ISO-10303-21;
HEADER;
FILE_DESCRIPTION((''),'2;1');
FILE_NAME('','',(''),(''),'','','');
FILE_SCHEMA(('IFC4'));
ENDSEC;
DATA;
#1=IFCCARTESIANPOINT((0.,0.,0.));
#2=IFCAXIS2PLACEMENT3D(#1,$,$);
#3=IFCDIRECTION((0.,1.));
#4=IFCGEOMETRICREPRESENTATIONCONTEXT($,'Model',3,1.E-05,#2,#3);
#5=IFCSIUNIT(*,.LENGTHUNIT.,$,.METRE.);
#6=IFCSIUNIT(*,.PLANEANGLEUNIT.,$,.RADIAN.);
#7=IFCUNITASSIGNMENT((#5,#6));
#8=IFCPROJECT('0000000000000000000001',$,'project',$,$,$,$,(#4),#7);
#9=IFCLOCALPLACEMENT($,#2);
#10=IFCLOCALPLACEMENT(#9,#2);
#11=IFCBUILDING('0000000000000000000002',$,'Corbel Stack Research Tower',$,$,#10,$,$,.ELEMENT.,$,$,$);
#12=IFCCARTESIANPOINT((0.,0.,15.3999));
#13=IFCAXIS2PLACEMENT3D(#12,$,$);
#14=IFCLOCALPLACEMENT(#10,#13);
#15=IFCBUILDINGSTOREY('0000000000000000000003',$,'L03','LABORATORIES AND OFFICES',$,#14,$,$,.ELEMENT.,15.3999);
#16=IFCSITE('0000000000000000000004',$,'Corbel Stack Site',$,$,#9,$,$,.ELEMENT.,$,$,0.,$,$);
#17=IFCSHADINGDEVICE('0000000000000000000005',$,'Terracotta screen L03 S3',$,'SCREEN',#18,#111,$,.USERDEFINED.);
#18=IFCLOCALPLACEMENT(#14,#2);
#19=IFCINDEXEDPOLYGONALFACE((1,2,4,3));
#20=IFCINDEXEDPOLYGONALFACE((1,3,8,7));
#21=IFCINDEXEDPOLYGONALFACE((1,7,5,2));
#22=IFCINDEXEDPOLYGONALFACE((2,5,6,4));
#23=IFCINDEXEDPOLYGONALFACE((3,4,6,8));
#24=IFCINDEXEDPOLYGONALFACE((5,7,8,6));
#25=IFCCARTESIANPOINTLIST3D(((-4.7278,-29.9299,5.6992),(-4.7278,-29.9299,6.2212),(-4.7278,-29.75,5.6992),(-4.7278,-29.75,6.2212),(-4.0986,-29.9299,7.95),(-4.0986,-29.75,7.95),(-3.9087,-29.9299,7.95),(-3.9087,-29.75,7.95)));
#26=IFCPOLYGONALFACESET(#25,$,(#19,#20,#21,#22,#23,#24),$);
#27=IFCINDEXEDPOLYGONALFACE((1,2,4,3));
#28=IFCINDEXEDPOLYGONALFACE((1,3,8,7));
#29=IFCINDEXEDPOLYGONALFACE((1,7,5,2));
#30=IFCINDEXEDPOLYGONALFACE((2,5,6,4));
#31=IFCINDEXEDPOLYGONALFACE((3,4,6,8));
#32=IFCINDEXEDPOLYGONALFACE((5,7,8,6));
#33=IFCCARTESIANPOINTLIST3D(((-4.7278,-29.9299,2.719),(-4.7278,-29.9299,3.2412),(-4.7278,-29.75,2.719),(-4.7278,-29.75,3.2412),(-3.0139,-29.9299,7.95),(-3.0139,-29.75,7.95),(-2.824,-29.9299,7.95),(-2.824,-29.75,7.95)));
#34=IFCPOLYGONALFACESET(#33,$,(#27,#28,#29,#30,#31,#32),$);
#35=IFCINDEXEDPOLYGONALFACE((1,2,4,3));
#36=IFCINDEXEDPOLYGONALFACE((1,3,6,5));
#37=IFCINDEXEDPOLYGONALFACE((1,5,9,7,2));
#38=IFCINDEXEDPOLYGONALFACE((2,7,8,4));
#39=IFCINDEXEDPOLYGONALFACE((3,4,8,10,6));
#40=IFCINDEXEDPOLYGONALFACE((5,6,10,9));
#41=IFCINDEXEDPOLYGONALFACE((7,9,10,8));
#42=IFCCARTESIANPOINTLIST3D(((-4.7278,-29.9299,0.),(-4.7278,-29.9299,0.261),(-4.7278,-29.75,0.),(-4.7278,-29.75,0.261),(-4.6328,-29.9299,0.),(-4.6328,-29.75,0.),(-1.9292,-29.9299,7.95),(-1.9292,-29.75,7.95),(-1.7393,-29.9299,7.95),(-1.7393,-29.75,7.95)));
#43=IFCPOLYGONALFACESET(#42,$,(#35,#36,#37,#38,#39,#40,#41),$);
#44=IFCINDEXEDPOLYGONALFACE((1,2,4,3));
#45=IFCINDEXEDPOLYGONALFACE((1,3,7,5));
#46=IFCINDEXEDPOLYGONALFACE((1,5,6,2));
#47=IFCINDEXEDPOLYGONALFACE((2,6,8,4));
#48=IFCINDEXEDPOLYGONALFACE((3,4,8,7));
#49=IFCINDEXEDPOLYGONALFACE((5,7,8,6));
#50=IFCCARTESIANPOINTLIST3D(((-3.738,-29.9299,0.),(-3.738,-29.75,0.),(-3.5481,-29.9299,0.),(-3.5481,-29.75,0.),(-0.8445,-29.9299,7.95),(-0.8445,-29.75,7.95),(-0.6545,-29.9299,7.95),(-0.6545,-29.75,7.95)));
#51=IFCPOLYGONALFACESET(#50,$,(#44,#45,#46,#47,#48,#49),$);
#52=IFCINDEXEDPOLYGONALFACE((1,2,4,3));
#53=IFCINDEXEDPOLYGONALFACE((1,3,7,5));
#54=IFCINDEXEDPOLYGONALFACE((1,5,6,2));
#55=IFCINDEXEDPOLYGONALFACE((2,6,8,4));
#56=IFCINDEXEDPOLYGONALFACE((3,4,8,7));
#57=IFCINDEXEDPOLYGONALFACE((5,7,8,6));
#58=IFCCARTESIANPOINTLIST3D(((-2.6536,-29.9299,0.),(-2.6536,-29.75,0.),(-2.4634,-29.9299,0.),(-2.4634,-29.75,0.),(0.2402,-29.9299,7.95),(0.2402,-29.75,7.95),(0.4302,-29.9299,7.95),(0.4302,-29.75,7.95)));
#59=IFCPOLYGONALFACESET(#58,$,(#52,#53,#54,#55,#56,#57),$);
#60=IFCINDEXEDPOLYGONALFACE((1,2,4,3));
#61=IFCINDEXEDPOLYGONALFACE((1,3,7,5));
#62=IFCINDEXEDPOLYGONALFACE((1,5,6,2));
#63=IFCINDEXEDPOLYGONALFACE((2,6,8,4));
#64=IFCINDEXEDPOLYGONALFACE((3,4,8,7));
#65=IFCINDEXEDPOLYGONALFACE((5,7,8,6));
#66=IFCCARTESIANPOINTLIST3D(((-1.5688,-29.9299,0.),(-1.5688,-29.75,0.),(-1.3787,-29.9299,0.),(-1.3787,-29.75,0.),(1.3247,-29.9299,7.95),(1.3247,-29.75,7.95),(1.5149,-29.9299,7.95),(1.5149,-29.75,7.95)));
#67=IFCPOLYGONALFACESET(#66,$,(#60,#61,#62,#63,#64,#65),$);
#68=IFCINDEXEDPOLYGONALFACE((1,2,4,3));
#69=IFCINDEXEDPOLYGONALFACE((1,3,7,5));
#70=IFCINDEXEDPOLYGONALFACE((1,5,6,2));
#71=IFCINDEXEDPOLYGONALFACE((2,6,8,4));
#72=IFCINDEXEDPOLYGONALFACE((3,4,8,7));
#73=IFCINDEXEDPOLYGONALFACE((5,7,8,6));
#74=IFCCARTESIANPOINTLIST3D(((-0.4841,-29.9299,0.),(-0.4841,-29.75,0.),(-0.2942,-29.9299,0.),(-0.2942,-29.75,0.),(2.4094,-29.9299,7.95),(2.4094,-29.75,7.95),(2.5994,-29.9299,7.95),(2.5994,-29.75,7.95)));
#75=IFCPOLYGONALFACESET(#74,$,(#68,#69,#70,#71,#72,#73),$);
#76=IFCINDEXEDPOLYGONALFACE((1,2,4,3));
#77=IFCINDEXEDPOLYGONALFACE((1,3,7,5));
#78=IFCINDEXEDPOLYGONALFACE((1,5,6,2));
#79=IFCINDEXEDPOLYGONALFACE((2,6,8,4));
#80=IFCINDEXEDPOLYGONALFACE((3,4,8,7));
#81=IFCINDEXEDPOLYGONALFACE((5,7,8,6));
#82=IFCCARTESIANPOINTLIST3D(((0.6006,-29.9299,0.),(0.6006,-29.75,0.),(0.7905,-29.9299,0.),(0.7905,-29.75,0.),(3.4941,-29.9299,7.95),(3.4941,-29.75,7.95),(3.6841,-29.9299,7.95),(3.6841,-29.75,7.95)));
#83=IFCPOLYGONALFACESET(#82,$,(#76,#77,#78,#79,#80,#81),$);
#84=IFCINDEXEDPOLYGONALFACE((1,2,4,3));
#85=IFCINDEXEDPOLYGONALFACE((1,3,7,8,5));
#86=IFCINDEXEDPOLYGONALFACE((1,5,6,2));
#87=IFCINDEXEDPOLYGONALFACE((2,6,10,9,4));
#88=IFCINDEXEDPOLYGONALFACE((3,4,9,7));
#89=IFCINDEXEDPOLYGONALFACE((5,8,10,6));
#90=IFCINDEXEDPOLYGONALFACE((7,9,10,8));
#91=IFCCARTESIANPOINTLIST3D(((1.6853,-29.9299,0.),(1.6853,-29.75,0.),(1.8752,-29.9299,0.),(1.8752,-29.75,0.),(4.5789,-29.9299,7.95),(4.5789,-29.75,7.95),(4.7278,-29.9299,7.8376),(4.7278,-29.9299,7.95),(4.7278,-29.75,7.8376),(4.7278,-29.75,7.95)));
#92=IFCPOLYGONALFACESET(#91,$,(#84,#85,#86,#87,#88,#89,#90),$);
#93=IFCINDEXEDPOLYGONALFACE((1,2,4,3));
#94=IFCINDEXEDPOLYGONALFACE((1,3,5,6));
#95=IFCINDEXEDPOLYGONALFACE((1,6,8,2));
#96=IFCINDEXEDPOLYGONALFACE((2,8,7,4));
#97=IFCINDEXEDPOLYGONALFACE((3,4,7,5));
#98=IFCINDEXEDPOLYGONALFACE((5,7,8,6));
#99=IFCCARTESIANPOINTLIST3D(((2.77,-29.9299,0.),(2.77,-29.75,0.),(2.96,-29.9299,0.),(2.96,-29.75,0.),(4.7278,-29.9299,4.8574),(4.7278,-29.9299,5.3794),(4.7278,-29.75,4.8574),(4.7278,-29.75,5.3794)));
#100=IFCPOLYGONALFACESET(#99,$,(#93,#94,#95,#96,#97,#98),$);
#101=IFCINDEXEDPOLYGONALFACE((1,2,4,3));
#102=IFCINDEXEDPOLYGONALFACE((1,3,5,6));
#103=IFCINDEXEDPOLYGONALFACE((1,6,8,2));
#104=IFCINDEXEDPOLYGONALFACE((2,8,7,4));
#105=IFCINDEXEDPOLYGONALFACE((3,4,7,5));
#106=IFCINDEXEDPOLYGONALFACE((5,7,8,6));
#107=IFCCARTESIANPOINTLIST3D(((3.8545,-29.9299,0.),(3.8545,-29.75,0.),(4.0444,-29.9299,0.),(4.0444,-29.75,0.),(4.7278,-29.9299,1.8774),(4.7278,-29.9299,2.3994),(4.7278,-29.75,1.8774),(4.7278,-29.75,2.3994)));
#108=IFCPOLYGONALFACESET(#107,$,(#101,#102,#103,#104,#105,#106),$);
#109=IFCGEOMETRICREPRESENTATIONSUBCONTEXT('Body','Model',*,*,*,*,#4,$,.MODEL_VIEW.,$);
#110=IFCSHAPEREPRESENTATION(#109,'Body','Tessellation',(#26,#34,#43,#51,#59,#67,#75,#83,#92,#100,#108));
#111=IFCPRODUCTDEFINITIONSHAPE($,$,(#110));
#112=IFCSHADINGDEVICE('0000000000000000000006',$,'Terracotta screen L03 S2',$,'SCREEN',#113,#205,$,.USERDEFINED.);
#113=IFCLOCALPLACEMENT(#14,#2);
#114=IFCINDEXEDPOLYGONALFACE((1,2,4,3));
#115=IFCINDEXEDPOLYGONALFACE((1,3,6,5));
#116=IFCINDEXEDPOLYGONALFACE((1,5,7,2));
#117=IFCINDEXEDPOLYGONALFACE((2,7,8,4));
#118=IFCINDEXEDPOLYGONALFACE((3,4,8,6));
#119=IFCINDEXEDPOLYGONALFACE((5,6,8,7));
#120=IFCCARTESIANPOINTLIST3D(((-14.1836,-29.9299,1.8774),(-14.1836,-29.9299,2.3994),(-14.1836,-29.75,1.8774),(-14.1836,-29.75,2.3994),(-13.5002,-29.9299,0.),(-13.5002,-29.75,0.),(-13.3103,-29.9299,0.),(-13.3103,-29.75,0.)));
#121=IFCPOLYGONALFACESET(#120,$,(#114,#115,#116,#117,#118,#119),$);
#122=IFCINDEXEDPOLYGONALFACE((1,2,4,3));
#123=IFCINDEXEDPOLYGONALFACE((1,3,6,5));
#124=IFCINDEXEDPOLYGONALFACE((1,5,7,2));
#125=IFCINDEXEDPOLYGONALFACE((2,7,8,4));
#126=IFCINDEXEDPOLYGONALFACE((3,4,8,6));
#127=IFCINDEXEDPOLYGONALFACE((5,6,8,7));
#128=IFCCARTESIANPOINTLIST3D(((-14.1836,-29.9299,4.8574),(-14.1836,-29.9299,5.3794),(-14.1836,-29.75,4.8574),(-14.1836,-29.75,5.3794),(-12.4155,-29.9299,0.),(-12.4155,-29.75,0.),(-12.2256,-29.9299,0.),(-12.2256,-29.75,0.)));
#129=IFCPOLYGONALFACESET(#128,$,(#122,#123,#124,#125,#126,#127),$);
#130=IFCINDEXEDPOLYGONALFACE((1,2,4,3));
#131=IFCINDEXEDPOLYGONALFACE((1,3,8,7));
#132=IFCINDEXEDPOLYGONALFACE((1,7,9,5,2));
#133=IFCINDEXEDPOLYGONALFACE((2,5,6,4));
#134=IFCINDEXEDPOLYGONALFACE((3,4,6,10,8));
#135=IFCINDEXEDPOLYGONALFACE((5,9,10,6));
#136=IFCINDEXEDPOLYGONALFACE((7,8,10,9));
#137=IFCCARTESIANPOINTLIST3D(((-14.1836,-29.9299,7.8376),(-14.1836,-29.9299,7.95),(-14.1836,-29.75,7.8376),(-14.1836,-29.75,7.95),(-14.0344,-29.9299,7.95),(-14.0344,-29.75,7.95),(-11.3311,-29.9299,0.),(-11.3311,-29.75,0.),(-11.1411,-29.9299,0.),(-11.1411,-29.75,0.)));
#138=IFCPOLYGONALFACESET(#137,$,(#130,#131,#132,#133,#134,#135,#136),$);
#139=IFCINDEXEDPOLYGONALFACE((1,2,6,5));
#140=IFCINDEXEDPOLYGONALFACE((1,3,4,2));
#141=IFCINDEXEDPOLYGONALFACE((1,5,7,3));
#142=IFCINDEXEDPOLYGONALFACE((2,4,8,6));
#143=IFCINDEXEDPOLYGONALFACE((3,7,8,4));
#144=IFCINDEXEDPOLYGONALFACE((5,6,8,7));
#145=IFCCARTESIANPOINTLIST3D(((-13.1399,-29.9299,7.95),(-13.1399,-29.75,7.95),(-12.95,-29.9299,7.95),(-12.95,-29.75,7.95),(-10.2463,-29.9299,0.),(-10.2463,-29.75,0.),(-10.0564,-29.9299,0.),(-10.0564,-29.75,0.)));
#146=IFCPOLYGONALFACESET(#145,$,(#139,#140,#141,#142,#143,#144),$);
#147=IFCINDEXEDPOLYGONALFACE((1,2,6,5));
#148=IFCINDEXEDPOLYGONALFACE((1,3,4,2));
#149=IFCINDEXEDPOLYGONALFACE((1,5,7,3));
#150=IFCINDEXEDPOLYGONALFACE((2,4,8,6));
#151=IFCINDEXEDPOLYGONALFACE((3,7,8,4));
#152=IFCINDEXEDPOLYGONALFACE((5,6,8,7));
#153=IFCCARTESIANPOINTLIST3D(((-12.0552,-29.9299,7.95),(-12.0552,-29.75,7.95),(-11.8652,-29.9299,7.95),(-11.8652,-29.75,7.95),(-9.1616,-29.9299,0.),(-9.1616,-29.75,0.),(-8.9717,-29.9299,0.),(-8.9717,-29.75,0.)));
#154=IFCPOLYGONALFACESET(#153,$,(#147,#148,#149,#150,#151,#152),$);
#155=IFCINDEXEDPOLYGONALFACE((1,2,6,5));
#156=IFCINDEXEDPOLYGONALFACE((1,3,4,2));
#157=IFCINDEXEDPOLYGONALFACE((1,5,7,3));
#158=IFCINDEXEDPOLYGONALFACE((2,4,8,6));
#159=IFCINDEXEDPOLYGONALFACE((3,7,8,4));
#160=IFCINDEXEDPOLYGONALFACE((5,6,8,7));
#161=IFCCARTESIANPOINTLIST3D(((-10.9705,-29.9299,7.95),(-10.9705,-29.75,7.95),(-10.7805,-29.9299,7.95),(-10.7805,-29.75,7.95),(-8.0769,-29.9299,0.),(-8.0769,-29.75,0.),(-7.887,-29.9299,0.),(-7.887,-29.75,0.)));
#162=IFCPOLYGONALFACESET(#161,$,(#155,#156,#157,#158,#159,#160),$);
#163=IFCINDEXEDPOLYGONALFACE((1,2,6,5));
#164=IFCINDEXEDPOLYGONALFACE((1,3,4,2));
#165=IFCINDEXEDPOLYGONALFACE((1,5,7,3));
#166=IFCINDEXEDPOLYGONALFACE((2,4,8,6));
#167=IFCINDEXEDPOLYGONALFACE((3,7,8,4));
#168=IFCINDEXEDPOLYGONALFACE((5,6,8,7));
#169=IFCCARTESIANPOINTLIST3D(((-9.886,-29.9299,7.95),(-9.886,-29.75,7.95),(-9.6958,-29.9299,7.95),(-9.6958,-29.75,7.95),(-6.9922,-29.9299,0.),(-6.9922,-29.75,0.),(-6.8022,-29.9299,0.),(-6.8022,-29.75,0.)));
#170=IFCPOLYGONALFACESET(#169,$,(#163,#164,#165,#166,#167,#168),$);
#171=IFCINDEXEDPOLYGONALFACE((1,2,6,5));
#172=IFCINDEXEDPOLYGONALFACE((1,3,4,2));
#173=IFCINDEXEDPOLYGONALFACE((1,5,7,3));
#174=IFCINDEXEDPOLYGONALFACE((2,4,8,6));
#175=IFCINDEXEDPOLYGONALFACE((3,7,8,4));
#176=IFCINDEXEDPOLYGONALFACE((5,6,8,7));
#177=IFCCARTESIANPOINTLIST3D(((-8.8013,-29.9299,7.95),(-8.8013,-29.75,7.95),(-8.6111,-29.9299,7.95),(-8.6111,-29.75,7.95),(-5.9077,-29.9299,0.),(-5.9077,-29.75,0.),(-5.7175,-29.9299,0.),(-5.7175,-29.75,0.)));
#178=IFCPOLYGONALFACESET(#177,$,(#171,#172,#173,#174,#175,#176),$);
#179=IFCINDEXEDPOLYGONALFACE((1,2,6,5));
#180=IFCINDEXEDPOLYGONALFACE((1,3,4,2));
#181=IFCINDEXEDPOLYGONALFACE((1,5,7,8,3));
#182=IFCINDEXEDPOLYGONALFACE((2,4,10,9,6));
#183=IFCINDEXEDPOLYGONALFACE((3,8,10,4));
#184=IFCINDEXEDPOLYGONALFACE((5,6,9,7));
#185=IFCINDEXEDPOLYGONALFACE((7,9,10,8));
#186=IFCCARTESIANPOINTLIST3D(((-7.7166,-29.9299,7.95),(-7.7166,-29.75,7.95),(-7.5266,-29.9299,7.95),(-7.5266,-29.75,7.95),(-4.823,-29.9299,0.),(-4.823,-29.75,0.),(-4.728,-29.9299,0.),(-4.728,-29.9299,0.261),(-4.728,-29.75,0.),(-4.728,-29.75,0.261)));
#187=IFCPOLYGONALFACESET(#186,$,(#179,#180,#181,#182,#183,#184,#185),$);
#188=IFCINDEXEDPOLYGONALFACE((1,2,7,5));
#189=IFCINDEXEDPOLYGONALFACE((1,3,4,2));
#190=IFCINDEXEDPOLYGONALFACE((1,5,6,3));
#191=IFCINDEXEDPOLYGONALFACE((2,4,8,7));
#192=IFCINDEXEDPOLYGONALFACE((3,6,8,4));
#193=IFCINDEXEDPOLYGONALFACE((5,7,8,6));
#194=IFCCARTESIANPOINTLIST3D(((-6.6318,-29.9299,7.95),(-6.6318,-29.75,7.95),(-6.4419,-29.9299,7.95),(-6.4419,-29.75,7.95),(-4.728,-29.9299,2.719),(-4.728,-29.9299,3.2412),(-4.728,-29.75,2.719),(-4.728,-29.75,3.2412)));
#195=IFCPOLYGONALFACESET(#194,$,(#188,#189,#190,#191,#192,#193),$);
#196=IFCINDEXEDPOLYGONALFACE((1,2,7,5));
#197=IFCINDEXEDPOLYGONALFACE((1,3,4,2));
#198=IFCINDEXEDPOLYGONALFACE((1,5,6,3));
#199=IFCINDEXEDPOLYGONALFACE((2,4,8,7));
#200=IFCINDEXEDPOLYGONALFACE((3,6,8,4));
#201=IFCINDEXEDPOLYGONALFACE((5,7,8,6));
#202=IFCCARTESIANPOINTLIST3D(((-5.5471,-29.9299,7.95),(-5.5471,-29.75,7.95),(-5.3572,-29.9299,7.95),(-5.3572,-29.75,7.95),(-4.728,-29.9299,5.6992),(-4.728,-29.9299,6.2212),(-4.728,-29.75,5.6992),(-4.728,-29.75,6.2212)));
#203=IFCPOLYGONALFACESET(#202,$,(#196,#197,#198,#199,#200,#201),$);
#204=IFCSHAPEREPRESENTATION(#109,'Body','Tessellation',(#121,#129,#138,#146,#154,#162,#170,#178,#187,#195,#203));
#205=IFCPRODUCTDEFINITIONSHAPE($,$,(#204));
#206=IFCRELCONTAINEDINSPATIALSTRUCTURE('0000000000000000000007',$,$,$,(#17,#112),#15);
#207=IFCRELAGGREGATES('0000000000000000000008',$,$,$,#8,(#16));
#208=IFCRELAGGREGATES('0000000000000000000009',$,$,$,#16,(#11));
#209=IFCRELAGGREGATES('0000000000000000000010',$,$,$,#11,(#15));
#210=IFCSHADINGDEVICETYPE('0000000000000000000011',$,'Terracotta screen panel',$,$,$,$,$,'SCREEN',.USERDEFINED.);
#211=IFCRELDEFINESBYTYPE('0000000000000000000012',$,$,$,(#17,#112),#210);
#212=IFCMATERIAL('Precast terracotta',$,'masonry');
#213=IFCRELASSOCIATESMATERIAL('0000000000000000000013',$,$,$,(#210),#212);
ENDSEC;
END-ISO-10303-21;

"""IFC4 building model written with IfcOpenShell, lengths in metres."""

from ifc_helpers import new_model, si_unit, direction, frame, origin, place, context, subcontext, project, spatial, polyline, outline, extrude, source, transform, mapped, material, type_object, element, save


model = new_model("IFC4")

# Units and contexts
model_context = context("Model", 3, precision=1e-05, world=origin(), true_north=direction((0.0, 1.0)))
body_context = subcontext(model_context, "Body", "Model", "MODEL_VIEW")
ifc_project = project(units=[si_unit("LENGTHUNIT", "METRE"), si_unit("PLANEANGLEUNIT", "RADIAN")], contexts=[model_context])

# Site, building, storey
site_placement = place(None, origin())
site = spatial("IfcSite", under=ifc_project, at=site_placement, Name="Corbel Stack Site", CompositionType="ELEMENT", RefElevation=0.0)
building_placement = place(site_placement, origin())
building = spatial("IfcBuilding", under=site, at=building_placement, Name="Corbel Stack Research Tower", CompositionType="ELEMENT")
storey_placement = place(building_placement, frame((0.0, 0.0, 15.3999)))
storey = spatial("IfcBuildingStorey", under=building, at=storey_placement, Name="L03", Description="LABORATORIES AND OFFICES", CompositionType="ELEMENT", Elevation=15.3999)

# Shading devices
ifc_material_1 = material(Name="Precast terracotta", Category="masonry")
shading_device_type = type_object("IfcShadingDeviceType", Name="Terracotta screen panel", ElementType="SCREEN", PredefinedType="USERDEFINED", material=ifc_material_1)
shared_shape_1 = source(origin(), body_context, "Body", "SweptSolid", [
    extrude(outline(polyline([(0.8191, 7.95), (0.6292, 7.95), (0.0, 6.2212), (0.0, 5.6992), (0.8191, 7.95)])), frame((0.0, 0.0, 0.0), z_axis=(0.0, -1.0, 0.0), x_axis=(1.0, 0.0, 0.0)), (0.0, 0.0, 1.0), 0.1799),
    extrude(outline(polyline([(1.9038, 7.95), (1.7139, 7.95), (0.0, 3.2412), (0.0, 2.719), (1.9038, 7.95)])), frame((0.0, 0.0, 0.0), z_axis=(0.0, -1.0, 0.0), x_axis=(1.0, 0.0, 0.0)), (0.0, 0.0, 1.0), 0.1799),
    extrude(outline(polyline([(0.095, 0.0), (2.9885, 7.95), (2.7986, 7.95), (0.0, 0.261), (0.0, 0.0), (0.095, 0.0)])), frame((0.0, 0.0, 0.0), z_axis=(0.0, -1.0, 0.0), x_axis=(1.0, 0.0, 0.0)), (0.0, 0.0, 1.0), 0.1799),
    extrude(outline(polyline([(1.1797, 0.0), (4.0732, 7.95), (3.8833, 7.95), (0.9897, 0.0), (1.1797, 0.0)])), frame((0.0, 0.0, 0.0), z_axis=(0.0, -1.0, 0.0), x_axis=(1.0, 0.0, 0.0)), (0.0, 0.0, 1.0), 0.1799),
    extrude(outline(polyline([(2.2644, 0.0), (5.158, 7.95), (4.968, 7.95), (2.0742, 0.0), (2.2644, 0.0)])), frame((0.0, 0.0, 0.0), z_axis=(0.0, -1.0, 0.0), x_axis=(1.0, 0.0, 0.0)), (0.0, 0.0, 1.0), 0.1799),
    extrude(outline(polyline([(3.3491, 0.0), (6.2427, 7.95), (6.0525, 7.95), (3.1589, 0.0), (3.3491, 0.0)])), frame((0.0, 0.0, 0.0), z_axis=(0.0, -1.0, 0.0), x_axis=(1.0, 0.0, 0.0)), (0.0, 0.0, 1.0), 0.1799),
    extrude(outline(polyline([(4.4336, 0.0), (7.3271, 7.95), (7.1372, 7.95), (4.2437, 0.0), (4.4336, 0.0)])), frame((0.0, 0.0, 0.0), z_axis=(0.0, -1.0, 0.0), x_axis=(1.0, 0.0, 0.0)), (0.0, 0.0, 1.0), 0.1799),
    extrude(outline(polyline([(5.5183, 0.0), (8.4119, 7.95), (8.2219, 7.95), (5.3284, 0.0), (5.5183, 0.0)])), frame((0.0, 0.0, 0.0), z_axis=(0.0, -1.0, 0.0), x_axis=(1.0, 0.0, 0.0)), (0.0, 0.0, 1.0), 0.1799),
    extrude(outline(polyline([(6.603, 0.0), (9.4556, 7.8376), (9.4556, 7.95), (9.3066, 7.95), (6.4131, 0.0), (6.603, 0.0)])), frame((0.0, 0.0, 0.0), z_axis=(0.0, -1.0, 0.0), x_axis=(1.0, 0.0, 0.0)), (0.0, 0.0, 1.0), 0.1799),
    extrude(outline(polyline([(7.6877, 0.0), (9.4556, 4.8574), (9.4556, 5.3794), (7.4978, 0.0), (7.6877, 0.0)])), frame((0.0, 0.0, 0.0), z_axis=(0.0, -1.0, 0.0), x_axis=(1.0, 0.0, 0.0)), (0.0, 0.0, 1.0), 0.1799),
    extrude(outline(polyline([(8.7722, 0.0), (9.4556, 1.8774), (9.4556, 2.3994), (8.5823, 0.0), (8.7722, 0.0)])), frame((0.0, 0.0, 0.0), z_axis=(0.0, -1.0, 0.0), x_axis=(1.0, 0.0, 0.0)), (0.0, 0.0, 1.0), 0.1799),
])
shading_device_1_placement = place(storey_placement, frame((-4.7278, -29.75, 0.0), z_axis=(0.0, 0.0, 1.0), x_axis=(1.0, 0.0, 0.0)))
element("IfcShadingDevice", 1, at=shading_device_1_placement, inside=storey, type_object=shading_device_type, Name="Terracotta screen L03 S3", ObjectType="SCREEN", PredefinedType="USERDEFINED", context=body_context, shape_type="MappedRepresentation", body=[
    mapped(shared_shape_1, transform((0.0, 0.0, 0.0))),
])
shared_shape_2 = source(origin(), body_context, "Body", "SweptSolid", [
    extrude(outline(polyline([(0.8733, 0.0), (0.0, 2.3994), (0.0, 1.8774), (0.6833, 0.0), (0.8733, 0.0)])), frame((0.0, 0.0, 0.0), z_axis=(0.0, -1.0, 0.0), x_axis=(1.0, 0.0, 0.0)), (0.0, 0.0, 1.0), 0.1799),
    extrude(outline(polyline([(1.958, 0.0), (0.0, 5.3794), (0.0, 4.8574), (1.7681, 0.0), (1.958, 0.0)])), frame((0.0, 0.0, 0.0), z_axis=(0.0, -1.0, 0.0), x_axis=(1.0, 0.0, 0.0)), (0.0, 0.0, 1.0), 0.1799),
    extrude(outline(polyline([(3.0425, 0.0), (0.1492, 7.95), (0.0, 7.95), (0.0, 7.8376), (2.8525, 0.0), (3.0425, 0.0)])), frame((0.0, 0.0, 0.0), z_axis=(0.0, -1.0, 0.0), x_axis=(1.0, 0.0, 0.0)), (0.0, 0.0, 1.0), 0.1799),
    extrude(outline(polyline([(4.1272, 0.0), (1.2336, 7.95), (1.0437, 7.95), (3.9373, 0.0), (4.1272, 0.0)])), frame((0.0, 0.0, 0.0), z_axis=(0.0, -1.0, 0.0), x_axis=(1.0, 0.0, 0.0)), (0.0, 0.0, 1.0), 0.1799),
    extrude(outline(polyline([(5.2119, 0.0), (2.3184, 7.95), (2.1284, 7.95), (5.022, 0.0), (5.2119, 0.0)])), frame((0.0, 0.0, 0.0), z_axis=(0.0, -1.0, 0.0), x_axis=(1.0, 0.0, 0.0)), (0.0, 0.0, 1.0), 0.1799),
    extrude(outline(polyline([(6.2966, 0.0), (3.4031, 7.95), (3.2131, 7.95), (6.1067, 0.0), (6.2966, 0.0)])), frame((0.0, 0.0, 0.0), z_axis=(0.0, -1.0, 0.0), x_axis=(1.0, 0.0, 0.0)), (0.0, 0.0, 1.0), 0.1799),
    extrude(outline(polyline([(7.3813, 0.0), (4.4878, 7.95), (4.2976, 7.95), (7.1914, 0.0), (7.3813, 0.0)])), frame((0.0, 0.0, 0.0), z_axis=(0.0, -1.0, 0.0), x_axis=(1.0, 0.0, 0.0)), (0.0, 0.0, 1.0), 0.1799),
    extrude(outline(polyline([(8.4661, 0.0), (5.5725, 7.95), (5.3823, 7.95), (8.2759, 0.0), (8.4661, 0.0)])), frame((0.0, 0.0, 0.0), z_axis=(0.0, -1.0, 0.0), x_axis=(1.0, 0.0, 0.0)), (0.0, 0.0, 1.0), 0.1799),
    extrude(outline(polyline([(9.4556, 0.0), (9.4556, 0.261), (6.657, 7.95), (6.467, 7.95), (9.3606, 0.0), (9.4556, 0.0)])), frame((0.0, 0.0, 0.0), z_axis=(0.0, -1.0, 0.0), x_axis=(1.0, 0.0, 0.0)), (0.0, 0.0, 1.0), 0.1799),
    extrude(outline(polyline([(7.7417, 7.95), (7.5518, 7.95), (9.4556, 2.719), (9.4556, 3.2412), (7.7417, 7.95)])), frame((0.0, 0.0, 0.0), z_axis=(0.0, -1.0, 0.0), x_axis=(1.0, 0.0, 0.0)), (0.0, 0.0, 1.0), 0.1799),
    extrude(outline(polyline([(8.8264, 7.95), (8.6365, 7.95), (9.4556, 5.6992), (9.4556, 6.2212), (8.8264, 7.95)])), frame((0.0, 0.0, 0.0), z_axis=(0.0, -1.0, 0.0), x_axis=(1.0, 0.0, 0.0)), (0.0, 0.0, 1.0), 0.1799),
])
shading_device_2_placement = place(storey_placement, frame((-14.1836, -29.75, 0.0), z_axis=(0.0, 0.0, 1.0), x_axis=(1.0, 0.0, 0.0)))
element("IfcShadingDevice", 2, at=shading_device_2_placement, inside=storey, type_object=shading_device_type, Name="Terracotta screen L03 S2", ObjectType="SCREEN", PredefinedType="USERDEFINED", context=body_context, shape_type="MappedRepresentation", body=[
    mapped(shared_shape_2, transform((0.0, 0.0, 0.0))),
])

save(model, "model.ifc")
